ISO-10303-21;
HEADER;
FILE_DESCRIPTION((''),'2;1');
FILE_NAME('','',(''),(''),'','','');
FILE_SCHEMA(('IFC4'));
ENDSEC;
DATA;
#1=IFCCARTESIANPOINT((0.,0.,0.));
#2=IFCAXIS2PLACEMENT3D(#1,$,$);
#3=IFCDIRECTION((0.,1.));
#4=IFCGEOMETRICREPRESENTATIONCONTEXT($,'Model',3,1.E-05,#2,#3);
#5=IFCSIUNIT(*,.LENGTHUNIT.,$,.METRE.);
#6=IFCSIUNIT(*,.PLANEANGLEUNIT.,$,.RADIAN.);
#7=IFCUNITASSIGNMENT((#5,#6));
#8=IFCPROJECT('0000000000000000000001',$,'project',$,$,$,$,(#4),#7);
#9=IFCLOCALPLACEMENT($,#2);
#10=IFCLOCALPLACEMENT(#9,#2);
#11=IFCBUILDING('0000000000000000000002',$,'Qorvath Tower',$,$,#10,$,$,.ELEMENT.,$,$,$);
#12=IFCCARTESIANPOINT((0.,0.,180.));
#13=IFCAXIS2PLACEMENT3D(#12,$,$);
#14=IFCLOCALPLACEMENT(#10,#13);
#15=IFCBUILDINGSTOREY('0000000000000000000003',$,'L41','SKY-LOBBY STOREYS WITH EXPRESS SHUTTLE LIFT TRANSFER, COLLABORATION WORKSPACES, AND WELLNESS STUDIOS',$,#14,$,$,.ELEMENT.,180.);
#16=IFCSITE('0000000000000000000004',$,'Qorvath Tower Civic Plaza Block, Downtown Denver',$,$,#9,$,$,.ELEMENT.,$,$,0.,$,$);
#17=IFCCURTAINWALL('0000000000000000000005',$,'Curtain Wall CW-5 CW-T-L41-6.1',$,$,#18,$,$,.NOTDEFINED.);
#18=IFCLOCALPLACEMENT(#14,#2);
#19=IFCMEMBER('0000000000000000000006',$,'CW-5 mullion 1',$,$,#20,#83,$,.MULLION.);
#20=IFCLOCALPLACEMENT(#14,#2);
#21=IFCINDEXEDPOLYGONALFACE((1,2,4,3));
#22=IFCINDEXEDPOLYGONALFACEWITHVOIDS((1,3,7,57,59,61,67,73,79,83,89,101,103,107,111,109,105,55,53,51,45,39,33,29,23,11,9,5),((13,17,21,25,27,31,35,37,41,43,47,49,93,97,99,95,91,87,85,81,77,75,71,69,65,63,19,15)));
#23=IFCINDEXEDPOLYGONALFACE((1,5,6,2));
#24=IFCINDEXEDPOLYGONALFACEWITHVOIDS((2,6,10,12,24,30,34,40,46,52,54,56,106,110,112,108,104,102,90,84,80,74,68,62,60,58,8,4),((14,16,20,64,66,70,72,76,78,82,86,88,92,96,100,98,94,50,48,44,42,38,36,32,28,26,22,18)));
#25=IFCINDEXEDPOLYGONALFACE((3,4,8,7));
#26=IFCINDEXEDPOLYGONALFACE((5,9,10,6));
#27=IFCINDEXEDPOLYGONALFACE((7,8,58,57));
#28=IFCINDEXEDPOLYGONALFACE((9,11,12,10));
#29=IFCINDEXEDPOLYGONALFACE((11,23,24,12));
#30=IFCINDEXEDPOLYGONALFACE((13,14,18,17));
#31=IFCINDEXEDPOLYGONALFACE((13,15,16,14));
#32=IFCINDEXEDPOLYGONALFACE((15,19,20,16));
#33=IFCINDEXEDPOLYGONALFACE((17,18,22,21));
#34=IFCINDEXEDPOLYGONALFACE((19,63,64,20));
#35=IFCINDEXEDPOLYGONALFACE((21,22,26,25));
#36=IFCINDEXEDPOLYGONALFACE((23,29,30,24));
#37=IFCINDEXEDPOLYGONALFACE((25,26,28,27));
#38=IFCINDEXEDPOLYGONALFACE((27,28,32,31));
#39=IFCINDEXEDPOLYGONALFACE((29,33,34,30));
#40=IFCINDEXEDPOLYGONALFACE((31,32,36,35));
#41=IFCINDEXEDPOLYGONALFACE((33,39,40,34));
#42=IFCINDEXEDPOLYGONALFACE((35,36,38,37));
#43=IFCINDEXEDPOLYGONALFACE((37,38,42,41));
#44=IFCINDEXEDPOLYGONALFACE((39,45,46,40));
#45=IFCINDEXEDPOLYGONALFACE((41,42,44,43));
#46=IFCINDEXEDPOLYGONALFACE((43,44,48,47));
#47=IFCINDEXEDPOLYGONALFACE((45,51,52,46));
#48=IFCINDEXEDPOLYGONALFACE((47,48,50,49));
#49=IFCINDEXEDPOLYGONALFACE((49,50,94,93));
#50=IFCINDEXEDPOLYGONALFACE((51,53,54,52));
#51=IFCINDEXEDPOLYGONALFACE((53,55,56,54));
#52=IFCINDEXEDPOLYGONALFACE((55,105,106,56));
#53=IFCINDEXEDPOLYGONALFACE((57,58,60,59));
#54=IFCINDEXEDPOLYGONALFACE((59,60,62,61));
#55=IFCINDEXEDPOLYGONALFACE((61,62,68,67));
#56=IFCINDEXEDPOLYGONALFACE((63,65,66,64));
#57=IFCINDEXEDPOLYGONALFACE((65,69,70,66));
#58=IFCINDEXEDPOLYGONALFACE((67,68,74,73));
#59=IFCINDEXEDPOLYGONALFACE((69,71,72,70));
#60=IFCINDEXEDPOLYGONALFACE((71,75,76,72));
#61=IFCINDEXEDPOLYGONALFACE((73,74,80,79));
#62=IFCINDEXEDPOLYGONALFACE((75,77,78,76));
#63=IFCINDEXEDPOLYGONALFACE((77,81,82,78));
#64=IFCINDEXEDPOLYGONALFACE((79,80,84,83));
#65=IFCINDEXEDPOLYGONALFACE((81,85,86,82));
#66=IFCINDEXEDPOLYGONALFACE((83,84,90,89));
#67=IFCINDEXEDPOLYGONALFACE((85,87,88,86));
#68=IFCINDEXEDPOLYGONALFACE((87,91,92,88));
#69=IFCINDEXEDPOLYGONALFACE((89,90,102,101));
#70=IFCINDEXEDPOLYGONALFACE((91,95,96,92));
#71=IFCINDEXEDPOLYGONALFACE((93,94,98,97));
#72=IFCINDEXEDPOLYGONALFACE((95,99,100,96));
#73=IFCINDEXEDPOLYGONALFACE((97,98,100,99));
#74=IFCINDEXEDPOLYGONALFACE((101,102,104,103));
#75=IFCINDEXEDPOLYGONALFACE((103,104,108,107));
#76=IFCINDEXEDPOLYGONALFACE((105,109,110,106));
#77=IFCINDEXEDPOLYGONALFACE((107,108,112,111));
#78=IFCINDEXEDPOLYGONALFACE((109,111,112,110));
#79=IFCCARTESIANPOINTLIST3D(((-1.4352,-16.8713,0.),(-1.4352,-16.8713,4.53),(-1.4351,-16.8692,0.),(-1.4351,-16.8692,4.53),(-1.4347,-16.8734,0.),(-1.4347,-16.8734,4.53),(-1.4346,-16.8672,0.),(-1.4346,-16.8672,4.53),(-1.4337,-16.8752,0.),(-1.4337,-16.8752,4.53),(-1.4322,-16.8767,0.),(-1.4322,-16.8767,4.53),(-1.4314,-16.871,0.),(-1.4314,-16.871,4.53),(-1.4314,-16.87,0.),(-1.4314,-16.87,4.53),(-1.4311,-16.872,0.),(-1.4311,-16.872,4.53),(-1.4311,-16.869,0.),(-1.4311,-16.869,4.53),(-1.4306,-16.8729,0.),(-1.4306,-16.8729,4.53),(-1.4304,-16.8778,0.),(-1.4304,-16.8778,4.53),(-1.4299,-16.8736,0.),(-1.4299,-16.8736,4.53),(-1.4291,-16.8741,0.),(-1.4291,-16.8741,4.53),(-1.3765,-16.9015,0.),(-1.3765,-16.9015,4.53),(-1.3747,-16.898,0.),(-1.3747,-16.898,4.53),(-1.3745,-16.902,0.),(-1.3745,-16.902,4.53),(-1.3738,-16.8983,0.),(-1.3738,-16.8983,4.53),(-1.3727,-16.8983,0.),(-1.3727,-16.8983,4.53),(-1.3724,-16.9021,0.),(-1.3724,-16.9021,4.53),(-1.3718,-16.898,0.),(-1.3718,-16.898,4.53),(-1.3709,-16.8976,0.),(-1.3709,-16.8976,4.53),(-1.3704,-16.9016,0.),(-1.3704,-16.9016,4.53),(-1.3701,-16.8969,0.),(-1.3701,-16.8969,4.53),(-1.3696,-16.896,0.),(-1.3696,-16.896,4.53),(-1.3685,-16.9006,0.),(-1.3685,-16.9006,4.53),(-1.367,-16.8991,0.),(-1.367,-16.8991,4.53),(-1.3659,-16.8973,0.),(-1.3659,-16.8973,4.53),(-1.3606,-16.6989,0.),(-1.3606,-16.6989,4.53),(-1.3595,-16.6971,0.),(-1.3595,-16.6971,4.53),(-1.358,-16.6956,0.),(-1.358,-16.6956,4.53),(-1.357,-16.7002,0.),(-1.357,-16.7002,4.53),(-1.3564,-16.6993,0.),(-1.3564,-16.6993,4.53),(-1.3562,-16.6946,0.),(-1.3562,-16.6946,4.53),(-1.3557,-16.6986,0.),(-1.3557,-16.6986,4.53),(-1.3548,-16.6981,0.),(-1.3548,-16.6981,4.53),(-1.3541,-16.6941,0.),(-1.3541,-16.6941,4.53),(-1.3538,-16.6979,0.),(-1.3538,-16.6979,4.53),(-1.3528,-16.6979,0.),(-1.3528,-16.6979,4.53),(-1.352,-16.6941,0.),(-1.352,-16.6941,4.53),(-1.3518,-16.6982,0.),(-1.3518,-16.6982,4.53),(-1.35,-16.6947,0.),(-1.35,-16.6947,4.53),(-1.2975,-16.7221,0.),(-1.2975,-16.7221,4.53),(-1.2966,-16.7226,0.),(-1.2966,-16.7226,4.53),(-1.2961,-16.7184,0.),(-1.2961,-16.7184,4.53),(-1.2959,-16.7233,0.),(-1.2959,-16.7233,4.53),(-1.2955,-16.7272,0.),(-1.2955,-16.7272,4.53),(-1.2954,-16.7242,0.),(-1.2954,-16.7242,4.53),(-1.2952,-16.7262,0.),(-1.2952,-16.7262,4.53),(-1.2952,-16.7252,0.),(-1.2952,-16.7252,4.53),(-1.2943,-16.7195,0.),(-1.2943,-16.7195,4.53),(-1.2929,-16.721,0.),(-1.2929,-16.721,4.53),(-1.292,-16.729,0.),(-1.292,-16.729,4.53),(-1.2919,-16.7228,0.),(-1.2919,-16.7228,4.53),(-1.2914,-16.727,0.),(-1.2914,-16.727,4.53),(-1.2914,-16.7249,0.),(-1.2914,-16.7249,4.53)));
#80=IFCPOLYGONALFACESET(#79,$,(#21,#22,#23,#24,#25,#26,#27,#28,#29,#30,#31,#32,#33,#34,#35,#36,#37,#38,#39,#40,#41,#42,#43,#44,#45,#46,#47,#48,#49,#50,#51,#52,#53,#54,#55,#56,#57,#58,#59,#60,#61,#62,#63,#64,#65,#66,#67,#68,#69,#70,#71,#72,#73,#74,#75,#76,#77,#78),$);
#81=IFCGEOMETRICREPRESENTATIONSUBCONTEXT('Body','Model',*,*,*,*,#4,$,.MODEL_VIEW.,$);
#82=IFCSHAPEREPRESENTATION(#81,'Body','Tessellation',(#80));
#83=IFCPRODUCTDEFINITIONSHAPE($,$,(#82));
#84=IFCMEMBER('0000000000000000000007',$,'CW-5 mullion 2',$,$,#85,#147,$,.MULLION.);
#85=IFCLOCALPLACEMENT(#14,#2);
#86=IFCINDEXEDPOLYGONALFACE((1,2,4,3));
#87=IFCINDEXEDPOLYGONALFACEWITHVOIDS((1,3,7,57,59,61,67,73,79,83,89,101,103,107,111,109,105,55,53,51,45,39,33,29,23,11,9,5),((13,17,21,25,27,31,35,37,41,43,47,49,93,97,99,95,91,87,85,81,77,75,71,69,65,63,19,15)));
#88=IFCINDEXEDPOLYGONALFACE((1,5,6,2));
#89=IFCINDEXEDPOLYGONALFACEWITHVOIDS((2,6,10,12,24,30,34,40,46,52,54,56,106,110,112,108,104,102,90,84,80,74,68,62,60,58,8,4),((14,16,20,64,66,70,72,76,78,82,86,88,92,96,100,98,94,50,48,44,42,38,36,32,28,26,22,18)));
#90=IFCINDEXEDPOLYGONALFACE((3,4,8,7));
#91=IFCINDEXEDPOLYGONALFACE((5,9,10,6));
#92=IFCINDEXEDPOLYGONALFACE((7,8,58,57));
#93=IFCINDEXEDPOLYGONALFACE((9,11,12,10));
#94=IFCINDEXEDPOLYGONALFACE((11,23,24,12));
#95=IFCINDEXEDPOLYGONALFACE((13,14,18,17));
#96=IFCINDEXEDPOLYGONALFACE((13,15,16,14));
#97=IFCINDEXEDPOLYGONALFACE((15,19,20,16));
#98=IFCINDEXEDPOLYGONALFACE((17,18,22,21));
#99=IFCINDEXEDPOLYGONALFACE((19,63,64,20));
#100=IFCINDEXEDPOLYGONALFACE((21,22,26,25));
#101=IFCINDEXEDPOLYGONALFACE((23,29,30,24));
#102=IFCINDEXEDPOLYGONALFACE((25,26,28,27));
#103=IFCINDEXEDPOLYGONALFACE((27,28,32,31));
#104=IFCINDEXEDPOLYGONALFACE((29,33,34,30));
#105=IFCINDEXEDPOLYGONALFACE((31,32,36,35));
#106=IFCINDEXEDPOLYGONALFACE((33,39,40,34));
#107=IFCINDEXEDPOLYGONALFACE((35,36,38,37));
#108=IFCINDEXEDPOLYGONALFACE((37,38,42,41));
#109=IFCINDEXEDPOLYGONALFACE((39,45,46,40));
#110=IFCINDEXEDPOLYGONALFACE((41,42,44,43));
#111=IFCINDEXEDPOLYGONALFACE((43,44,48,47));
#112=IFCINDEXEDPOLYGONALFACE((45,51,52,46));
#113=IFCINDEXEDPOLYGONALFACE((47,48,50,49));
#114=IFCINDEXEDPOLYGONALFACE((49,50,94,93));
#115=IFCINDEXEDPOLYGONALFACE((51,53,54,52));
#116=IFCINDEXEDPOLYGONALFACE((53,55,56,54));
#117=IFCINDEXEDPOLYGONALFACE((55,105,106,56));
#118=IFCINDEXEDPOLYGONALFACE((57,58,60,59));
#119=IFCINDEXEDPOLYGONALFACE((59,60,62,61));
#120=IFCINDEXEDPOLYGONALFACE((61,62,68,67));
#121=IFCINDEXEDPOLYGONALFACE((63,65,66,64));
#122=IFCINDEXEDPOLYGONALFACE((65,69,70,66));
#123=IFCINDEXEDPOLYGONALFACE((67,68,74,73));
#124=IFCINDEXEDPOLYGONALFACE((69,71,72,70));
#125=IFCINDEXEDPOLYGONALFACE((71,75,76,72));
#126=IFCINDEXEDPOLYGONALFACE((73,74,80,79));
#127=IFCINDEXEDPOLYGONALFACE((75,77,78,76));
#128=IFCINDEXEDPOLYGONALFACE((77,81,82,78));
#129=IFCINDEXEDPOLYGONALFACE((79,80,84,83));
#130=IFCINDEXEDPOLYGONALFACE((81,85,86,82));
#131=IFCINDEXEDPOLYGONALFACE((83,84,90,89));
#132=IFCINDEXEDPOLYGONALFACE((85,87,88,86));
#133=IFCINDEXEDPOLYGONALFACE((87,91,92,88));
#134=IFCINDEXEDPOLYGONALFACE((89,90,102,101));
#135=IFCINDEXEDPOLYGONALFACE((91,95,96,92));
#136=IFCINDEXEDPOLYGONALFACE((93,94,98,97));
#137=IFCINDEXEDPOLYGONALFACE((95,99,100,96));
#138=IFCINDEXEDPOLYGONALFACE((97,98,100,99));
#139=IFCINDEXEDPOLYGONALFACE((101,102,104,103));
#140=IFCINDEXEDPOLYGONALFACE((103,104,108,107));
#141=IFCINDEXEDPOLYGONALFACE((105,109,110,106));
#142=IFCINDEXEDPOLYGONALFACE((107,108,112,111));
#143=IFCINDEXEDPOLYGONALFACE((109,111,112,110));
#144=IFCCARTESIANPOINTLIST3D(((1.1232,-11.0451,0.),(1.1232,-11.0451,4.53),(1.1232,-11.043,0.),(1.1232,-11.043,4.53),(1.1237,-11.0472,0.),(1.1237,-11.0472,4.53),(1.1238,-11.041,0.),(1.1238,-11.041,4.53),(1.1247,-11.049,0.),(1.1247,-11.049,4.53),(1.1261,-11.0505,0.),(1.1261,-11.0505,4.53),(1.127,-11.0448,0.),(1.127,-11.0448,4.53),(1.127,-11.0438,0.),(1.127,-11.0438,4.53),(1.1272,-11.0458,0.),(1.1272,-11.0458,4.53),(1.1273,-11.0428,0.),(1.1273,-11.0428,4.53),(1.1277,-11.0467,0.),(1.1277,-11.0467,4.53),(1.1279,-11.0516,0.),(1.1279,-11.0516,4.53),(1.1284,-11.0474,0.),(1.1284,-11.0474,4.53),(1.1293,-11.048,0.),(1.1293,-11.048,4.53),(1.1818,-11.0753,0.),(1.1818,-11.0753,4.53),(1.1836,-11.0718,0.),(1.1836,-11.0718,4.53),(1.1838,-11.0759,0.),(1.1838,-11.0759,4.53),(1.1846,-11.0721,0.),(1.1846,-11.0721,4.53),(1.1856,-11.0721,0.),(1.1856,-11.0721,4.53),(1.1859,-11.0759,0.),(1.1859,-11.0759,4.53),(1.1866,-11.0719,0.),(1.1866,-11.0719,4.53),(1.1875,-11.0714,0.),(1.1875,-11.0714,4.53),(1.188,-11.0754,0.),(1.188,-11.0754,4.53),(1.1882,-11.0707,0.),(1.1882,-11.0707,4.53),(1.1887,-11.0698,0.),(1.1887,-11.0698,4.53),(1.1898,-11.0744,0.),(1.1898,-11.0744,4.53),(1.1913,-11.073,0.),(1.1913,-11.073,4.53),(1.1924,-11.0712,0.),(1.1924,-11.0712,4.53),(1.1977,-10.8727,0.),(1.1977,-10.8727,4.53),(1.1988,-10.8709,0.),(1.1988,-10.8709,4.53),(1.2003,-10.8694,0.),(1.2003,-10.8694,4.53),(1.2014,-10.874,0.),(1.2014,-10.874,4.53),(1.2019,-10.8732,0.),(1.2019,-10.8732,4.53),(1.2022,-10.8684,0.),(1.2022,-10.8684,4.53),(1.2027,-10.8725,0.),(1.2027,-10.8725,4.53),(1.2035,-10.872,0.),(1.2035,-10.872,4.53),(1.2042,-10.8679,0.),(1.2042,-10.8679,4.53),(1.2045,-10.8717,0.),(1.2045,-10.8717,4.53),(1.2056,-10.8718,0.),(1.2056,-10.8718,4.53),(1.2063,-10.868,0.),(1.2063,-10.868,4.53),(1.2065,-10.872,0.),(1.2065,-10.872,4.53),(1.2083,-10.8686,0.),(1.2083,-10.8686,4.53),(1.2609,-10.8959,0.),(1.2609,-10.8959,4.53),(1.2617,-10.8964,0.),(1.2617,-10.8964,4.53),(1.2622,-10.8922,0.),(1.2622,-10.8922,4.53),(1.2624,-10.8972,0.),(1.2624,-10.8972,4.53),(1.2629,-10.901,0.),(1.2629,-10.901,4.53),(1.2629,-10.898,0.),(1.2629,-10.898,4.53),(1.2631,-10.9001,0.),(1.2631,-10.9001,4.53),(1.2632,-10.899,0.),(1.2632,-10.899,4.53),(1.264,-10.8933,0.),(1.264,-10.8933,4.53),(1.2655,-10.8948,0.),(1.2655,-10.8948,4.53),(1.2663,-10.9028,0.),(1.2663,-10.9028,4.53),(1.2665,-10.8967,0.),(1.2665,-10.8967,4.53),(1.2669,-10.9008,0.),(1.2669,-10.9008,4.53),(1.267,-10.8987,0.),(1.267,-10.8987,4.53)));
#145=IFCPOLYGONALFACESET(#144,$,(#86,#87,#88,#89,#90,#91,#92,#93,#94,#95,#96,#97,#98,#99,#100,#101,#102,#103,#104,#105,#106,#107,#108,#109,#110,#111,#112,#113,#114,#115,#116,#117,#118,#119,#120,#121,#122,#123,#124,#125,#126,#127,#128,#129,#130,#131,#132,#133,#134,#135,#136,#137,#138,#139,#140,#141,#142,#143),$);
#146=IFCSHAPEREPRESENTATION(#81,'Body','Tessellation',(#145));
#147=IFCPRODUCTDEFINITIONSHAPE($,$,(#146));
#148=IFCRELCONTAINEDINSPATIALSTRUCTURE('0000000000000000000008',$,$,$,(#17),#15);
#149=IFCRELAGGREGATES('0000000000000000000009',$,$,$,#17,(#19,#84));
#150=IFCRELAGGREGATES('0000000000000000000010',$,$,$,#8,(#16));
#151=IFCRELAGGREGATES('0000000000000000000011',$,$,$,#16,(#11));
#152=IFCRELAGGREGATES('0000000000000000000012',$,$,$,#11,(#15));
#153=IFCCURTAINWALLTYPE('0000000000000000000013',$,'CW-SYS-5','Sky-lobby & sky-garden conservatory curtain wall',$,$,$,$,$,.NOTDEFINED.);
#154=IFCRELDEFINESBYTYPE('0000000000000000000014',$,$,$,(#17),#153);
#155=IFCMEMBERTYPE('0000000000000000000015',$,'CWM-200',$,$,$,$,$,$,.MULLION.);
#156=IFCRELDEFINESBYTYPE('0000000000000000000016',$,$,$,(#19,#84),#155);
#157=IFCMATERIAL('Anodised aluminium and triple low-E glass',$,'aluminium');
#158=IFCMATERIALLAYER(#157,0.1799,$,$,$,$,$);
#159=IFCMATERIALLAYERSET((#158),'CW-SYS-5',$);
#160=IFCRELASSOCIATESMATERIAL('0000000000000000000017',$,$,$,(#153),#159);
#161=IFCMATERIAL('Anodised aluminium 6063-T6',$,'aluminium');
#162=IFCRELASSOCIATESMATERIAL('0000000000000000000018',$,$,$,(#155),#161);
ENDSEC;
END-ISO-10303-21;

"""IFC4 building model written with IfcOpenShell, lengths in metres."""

from ifc_helpers import new_model, si_unit, direction, frame, origin, origin_2d, place, context, subcontext, project, spatial, hollow_rectangle, extrude, material, layer, layer_set, material_profile, profile_set, type_object, element, aggregate, save


model = new_model("IFC4")

# Units and contexts
model_context = context("Model", 3, precision=1e-05, world=origin(), true_north=direction((0.0, 1.0)))
body_context = subcontext(model_context, "Body", "Model", "MODEL_VIEW")
ifc_project = project(units=[si_unit("LENGTHUNIT", "METRE"), si_unit("PLANEANGLEUNIT", "RADIAN")], contexts=[model_context])

# Site, building, storey
site_placement = place(None, origin())
site = spatial("IfcSite", under=ifc_project, at=site_placement, Name="Qorvath Tower Civic Plaza Block, Downtown Denver", CompositionType="ELEMENT", RefElevation=0.0)
building_placement = place(site_placement, origin())
building = spatial("IfcBuilding", under=site, at=building_placement, Name="Qorvath Tower", CompositionType="ELEMENT")
storey_placement = place(building_placement, frame((0.0, 0.0, 180.0)))
storey = spatial("IfcBuildingStorey", under=building, at=storey_placement, Name="L41", Description="SKY-LOBBY STOREYS WITH EXPRESS SHUTTLE LIFT TRANSFER, COLLABORATION WORKSPACES, AND WELLNESS STUDIOS", CompositionType="ELEMENT", Elevation=180.0)

# Curtain wall, members
ifc_material_1 = material(Name="Anodised aluminium and triple low-E glass", Category="aluminium")
ifc_layer_1 = layer(ifc_material_1, 0.1799)
ifc_layer_set_1 = layer_set([ifc_layer_1], Name="CW-SYS-5")
curtain_wall_type = type_object("IfcCurtainWallType", Name="CW-SYS-5", Description="Sky-lobby & sky-garden conservatory curtain wall", PredefinedType="NOTDEFINED", material=ifc_layer_set_1)
ifc_material_2 = material(Name="Anodised aluminium 6063-T6", Category="aluminium")
ifc_material_profile_1 = material_profile(ifc_material_2, hollow_rectangle(XDim=0.075, YDim=0.2, WallThickness=0.0039, InnerFilletRadius=0.0039, OuterFilletRadius=0.0081, at=origin_2d()), Name="CWM 200x75")
ifc_profile_set_1 = profile_set([ifc_material_profile_1], Name="Anodised aluminium 6063-T6")
member_type_1 = type_object("IfcMemberType", Name="CWM-200", PredefinedType="MULLION", material=ifc_profile_set_1)
curtain_wall_1_placement = place(storey_placement, origin())
curtain_wall_1 = element("IfcCurtainWall", 1, at=curtain_wall_1_placement, inside=storey, type_object=curtain_wall_type, Name="Curtain Wall CW-5 CW-T-L41-6.1", PredefinedType="NOTDEFINED")
member_1_placement = place(storey_placement, frame((-1.3633, -16.7981, 0.0), z_axis=(0.0, 0.0, 1.0), x_axis=(-0.915613, 0.402062, 0.0)))
member_1 = element("IfcMember", 2, at=member_1_placement, type_object=member_type_1, Name="CW-5 mullion 1", PredefinedType="MULLION", context=body_context, shape_type="SweptSolid", body=[
    extrude(hollow_rectangle(XDim=0.075, YDim=0.2, WallThickness=0.0039, InnerFilletRadius=0.0039, OuterFilletRadius=0.0081, at=origin_2d()), origin(), (0.0, 0.0, 1.0), 4.53),
])
member_2_placement = place(storey_placement, frame((1.1951, -10.9719, 0.0), z_axis=(0.0, 0.0, 1.0), x_axis=(-0.915613, 0.402062, 0.0)))
member_2 = element("IfcMember", 3, at=member_2_placement, type_object=member_type_1, Name="CW-5 mullion 2", PredefinedType="MULLION", context=body_context, shape_type="SweptSolid", body=[
    extrude(hollow_rectangle(XDim=0.075, YDim=0.2, WallThickness=0.0039, InnerFilletRadius=0.0039, OuterFilletRadius=0.0081, at=origin_2d()), origin(), (0.0, 0.0, 1.0), 4.53),
])

aggregate(curtain_wall_1, [member_1, member_2])

save(model, "model.ifc")
